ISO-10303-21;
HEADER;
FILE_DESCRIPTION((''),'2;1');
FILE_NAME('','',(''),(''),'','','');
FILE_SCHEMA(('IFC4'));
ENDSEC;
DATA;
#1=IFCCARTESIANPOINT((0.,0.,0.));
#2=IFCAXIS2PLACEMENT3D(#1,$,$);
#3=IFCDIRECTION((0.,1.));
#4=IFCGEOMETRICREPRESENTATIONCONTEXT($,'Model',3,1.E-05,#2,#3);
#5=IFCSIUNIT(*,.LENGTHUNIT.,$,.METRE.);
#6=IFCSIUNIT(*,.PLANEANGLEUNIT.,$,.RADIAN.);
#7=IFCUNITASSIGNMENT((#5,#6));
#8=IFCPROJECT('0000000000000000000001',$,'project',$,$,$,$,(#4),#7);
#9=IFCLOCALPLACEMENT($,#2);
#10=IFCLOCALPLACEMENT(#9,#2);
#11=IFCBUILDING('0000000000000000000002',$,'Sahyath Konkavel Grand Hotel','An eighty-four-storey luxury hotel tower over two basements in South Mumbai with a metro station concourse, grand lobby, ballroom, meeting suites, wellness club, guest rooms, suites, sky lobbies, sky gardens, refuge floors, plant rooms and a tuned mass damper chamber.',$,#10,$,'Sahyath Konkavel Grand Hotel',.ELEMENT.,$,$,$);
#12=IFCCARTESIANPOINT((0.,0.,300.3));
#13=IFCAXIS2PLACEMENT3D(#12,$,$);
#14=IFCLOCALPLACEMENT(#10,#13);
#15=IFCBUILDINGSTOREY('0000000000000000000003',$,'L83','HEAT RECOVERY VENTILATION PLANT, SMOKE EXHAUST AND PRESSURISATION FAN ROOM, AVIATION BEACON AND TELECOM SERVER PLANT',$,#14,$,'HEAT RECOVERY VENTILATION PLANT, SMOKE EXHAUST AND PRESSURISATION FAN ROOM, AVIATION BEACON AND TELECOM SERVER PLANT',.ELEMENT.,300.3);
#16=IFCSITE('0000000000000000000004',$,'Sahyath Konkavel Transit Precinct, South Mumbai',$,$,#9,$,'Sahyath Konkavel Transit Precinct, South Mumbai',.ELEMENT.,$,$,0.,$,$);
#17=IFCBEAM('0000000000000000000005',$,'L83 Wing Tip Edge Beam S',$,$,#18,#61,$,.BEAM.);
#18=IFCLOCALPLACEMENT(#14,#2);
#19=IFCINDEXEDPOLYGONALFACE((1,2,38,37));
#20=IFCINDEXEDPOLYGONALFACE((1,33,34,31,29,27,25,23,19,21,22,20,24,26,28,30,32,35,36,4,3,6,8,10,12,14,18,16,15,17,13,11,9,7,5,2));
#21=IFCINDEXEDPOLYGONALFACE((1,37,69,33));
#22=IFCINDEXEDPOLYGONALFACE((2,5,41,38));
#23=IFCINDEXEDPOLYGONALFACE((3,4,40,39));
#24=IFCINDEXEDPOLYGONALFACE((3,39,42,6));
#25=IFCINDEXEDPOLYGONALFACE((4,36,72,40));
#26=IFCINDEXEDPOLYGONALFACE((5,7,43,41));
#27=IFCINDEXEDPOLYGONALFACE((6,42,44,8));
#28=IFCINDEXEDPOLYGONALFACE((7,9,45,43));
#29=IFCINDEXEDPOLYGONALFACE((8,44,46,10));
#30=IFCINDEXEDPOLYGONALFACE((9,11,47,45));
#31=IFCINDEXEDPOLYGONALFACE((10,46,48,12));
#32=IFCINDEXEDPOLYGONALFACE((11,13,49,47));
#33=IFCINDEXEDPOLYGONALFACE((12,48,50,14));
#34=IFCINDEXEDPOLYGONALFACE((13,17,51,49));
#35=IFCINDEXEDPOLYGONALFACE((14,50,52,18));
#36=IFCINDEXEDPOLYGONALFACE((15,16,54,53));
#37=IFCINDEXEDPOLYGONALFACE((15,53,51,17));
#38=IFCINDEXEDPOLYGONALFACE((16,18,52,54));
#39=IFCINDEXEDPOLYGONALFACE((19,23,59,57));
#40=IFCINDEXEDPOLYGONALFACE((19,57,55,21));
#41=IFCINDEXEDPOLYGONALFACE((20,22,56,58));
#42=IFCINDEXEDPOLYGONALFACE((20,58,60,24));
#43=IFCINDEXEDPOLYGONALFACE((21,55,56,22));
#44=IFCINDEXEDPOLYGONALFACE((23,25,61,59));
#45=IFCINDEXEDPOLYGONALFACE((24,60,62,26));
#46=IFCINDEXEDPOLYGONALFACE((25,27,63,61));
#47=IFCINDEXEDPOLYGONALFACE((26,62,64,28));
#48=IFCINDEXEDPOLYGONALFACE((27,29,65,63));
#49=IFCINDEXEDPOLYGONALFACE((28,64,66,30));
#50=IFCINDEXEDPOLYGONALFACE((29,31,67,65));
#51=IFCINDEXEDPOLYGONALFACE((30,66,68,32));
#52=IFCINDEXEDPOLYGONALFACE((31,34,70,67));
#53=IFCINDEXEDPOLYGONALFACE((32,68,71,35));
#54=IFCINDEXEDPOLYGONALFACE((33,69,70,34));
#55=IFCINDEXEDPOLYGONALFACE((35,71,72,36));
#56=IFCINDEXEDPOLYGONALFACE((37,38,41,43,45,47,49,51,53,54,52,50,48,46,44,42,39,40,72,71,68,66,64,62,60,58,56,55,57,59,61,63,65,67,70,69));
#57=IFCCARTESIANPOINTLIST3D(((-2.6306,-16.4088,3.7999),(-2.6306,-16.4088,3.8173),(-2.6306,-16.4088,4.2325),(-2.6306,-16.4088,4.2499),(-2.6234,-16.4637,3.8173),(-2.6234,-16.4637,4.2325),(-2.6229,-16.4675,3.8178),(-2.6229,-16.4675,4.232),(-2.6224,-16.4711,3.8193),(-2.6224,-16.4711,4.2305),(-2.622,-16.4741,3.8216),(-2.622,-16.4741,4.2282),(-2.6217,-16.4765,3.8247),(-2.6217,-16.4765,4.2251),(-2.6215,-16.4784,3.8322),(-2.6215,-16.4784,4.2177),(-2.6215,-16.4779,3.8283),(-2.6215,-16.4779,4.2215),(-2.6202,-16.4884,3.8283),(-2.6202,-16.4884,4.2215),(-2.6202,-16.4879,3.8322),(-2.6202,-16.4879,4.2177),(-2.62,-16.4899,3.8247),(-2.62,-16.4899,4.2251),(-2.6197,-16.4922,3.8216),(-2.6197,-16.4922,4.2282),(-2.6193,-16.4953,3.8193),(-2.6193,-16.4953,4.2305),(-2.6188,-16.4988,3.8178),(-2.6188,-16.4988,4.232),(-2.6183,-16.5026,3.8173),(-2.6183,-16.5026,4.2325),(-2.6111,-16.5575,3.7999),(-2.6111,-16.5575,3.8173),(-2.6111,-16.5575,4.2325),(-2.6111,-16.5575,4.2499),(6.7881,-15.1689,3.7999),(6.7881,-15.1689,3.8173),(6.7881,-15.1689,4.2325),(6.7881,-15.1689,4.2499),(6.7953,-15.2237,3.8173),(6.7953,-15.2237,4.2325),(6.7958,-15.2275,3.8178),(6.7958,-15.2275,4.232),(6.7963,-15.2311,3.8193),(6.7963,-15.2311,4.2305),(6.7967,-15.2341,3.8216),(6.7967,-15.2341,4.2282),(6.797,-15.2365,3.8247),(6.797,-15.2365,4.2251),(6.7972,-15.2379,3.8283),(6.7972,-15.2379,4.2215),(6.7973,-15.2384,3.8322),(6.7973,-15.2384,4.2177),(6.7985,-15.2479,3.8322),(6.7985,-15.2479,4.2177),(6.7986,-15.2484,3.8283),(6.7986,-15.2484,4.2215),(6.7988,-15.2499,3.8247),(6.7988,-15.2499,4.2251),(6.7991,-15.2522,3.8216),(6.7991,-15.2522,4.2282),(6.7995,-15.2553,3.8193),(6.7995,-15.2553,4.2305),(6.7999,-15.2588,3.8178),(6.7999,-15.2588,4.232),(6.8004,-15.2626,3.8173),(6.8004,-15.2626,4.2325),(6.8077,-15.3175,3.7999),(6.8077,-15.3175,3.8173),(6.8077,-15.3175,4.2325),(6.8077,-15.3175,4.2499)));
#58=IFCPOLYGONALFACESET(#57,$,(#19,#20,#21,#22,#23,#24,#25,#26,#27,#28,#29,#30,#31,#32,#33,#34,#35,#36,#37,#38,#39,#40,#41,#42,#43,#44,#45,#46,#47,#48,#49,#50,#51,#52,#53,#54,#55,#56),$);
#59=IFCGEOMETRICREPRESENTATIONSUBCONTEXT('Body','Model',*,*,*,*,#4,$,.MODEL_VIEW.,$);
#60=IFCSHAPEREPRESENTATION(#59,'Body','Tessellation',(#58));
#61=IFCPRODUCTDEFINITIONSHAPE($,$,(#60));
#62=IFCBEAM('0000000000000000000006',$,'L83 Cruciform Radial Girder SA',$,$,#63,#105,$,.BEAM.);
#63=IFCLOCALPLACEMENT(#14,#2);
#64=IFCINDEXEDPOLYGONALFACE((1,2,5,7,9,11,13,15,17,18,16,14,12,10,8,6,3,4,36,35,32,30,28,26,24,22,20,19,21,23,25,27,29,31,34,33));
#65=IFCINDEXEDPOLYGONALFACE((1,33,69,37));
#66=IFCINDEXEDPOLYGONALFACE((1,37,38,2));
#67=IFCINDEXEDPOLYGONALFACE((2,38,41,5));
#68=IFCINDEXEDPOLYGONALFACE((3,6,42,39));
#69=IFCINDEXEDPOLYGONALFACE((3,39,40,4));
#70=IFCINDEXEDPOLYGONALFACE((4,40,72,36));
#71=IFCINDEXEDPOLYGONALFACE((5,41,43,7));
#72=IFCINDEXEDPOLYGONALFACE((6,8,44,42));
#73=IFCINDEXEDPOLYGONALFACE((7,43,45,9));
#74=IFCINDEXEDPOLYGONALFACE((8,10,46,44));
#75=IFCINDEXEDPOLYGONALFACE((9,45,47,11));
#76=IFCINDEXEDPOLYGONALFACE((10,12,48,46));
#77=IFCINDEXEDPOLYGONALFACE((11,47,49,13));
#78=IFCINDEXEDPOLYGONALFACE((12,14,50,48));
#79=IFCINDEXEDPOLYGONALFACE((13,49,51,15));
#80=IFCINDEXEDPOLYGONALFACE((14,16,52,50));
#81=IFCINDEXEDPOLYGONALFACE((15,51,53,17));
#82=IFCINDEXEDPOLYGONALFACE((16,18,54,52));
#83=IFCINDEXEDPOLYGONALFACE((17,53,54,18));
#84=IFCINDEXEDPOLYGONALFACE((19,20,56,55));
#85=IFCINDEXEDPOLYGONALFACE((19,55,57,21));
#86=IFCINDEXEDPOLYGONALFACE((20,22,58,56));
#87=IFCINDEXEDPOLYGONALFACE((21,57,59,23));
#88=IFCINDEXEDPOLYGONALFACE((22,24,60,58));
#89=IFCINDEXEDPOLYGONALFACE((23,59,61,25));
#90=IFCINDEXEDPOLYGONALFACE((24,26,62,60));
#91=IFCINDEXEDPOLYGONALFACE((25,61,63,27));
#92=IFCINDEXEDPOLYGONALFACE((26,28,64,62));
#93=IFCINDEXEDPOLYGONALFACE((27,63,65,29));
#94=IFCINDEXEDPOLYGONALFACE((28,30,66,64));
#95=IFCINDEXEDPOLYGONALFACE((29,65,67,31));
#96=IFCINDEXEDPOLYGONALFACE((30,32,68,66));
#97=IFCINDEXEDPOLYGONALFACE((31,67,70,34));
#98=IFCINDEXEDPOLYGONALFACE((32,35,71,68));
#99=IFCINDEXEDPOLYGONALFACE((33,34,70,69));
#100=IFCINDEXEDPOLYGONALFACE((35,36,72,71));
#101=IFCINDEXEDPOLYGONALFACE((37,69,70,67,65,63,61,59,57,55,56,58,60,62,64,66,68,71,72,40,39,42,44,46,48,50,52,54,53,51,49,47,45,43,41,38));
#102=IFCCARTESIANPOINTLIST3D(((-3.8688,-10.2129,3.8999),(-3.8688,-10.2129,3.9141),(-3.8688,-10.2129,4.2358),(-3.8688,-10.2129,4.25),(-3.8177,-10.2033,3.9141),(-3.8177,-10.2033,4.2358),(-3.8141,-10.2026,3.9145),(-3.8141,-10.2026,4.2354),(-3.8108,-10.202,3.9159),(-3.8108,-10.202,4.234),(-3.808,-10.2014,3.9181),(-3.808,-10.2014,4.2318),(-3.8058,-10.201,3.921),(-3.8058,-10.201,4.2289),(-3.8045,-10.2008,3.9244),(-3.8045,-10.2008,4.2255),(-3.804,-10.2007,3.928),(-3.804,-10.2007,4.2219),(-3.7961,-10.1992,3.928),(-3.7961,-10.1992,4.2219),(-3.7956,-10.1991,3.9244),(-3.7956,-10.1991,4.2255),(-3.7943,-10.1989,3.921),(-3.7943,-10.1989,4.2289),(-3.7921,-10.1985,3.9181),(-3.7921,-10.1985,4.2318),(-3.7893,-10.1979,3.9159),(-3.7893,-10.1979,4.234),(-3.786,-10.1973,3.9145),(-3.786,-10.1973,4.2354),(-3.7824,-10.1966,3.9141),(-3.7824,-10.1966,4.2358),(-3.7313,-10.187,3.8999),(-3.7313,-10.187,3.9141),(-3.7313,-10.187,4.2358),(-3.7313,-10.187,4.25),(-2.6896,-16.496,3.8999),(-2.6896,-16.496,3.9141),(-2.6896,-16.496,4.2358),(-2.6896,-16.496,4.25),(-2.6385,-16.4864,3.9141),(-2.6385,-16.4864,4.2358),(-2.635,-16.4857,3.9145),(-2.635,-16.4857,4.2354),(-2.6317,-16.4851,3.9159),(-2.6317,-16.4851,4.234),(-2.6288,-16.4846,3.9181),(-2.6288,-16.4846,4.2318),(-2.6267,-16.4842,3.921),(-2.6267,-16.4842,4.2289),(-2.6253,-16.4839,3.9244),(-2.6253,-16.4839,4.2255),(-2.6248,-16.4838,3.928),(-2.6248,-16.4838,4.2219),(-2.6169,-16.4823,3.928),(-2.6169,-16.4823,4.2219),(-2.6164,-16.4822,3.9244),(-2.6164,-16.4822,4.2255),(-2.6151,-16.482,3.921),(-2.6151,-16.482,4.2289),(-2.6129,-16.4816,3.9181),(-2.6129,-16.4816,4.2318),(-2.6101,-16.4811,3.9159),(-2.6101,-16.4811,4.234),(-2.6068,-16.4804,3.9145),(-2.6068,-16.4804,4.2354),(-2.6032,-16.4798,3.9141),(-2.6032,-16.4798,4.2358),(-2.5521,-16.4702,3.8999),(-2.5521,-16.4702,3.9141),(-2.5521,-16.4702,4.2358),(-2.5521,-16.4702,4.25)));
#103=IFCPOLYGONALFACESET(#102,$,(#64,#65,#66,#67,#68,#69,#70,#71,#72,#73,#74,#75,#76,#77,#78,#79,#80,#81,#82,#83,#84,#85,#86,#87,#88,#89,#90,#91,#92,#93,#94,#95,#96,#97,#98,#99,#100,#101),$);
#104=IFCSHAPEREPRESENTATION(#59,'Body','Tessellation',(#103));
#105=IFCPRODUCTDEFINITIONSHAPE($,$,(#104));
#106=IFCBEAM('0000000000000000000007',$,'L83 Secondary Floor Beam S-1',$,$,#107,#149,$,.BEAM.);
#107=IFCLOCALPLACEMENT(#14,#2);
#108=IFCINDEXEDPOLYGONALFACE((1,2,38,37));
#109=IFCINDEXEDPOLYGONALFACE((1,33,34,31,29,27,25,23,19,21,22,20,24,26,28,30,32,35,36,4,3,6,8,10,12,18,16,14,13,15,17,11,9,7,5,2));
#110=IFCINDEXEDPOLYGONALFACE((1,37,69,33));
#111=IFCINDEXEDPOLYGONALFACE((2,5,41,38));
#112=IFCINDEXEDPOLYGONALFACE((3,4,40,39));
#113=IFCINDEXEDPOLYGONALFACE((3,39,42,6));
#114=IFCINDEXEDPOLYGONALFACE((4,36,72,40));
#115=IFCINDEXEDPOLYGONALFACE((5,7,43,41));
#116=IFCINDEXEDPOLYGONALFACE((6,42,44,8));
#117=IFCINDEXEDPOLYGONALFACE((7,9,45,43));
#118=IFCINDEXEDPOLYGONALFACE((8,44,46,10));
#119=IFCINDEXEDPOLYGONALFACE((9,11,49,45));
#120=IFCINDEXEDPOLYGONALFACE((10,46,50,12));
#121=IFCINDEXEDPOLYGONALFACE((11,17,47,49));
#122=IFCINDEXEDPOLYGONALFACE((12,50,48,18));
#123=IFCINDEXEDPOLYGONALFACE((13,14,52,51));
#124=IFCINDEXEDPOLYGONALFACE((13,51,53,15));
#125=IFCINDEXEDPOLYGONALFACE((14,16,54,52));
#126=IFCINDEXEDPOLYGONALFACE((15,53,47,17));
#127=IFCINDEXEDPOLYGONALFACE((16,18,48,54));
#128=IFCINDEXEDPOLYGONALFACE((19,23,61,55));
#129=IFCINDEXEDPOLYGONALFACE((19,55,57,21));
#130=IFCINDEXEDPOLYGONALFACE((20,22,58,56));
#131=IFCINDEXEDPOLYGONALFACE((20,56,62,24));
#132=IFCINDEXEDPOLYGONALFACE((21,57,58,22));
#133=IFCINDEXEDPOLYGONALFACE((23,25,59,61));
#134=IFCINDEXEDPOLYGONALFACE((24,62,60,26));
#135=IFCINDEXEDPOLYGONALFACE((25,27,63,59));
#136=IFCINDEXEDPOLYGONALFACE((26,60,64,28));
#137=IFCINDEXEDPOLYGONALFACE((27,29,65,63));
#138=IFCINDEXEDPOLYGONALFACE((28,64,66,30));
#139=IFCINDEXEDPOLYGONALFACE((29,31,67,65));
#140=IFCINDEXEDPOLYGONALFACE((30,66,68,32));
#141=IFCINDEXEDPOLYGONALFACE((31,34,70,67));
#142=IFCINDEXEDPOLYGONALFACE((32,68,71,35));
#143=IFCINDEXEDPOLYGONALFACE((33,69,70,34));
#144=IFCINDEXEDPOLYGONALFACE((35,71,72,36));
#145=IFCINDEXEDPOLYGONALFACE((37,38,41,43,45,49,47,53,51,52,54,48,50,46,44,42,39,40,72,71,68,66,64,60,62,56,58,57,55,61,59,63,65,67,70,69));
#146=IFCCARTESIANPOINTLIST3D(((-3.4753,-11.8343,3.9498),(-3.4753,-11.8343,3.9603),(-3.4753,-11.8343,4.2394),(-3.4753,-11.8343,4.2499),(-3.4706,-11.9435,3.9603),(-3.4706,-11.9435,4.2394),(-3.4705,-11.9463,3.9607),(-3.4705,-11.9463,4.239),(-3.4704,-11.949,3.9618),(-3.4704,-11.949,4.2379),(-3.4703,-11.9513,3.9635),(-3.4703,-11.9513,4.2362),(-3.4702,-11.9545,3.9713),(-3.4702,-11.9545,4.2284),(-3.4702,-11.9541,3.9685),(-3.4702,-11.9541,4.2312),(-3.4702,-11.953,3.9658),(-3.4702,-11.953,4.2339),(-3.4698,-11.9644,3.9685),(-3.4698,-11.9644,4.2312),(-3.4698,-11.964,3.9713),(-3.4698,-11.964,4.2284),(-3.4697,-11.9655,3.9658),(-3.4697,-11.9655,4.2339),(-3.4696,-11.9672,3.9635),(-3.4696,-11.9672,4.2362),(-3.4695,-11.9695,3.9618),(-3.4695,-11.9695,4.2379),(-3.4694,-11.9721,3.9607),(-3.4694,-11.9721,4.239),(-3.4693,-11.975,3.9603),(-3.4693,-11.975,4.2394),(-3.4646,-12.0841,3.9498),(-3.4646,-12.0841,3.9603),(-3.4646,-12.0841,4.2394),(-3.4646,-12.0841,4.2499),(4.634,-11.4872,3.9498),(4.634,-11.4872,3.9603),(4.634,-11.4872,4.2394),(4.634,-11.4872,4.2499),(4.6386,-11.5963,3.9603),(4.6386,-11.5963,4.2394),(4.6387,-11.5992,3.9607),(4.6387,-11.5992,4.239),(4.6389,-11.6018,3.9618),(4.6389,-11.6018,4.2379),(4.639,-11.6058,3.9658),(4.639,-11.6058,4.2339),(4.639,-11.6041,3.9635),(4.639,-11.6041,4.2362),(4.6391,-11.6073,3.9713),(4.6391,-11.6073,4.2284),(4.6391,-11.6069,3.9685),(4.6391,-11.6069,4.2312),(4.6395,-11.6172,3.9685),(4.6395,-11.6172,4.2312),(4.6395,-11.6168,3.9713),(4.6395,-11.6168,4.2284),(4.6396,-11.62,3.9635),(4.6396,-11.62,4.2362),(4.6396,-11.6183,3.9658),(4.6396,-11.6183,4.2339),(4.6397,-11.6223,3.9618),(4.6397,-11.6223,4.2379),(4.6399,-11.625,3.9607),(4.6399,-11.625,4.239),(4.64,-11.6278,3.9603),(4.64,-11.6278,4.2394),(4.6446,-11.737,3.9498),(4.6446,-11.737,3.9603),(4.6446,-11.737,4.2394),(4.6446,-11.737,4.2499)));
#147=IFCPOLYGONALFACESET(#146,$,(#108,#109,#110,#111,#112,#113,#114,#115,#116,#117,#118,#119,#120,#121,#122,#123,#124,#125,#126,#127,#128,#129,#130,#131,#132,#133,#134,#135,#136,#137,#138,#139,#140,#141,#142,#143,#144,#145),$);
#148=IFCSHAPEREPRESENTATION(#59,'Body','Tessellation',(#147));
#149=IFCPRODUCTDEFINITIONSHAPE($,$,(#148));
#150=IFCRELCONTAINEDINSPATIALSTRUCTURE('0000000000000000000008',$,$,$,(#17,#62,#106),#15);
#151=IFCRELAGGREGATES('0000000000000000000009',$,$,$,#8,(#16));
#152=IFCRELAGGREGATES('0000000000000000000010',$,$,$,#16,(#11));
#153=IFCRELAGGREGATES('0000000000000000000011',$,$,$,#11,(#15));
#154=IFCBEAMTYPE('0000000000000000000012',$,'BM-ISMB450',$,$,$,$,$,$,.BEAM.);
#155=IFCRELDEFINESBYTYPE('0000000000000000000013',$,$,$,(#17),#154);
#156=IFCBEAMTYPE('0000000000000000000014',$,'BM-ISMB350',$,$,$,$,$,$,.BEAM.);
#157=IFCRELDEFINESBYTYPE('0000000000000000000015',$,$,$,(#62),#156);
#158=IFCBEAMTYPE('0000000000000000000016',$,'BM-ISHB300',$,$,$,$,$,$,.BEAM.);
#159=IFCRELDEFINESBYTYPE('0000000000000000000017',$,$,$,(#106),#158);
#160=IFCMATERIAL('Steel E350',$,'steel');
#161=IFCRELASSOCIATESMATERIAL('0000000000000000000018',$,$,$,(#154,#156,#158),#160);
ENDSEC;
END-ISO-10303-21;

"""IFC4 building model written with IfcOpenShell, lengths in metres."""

from ifc_helpers import new_model, si_unit, direction, frame, origin, origin_2d, place, context, subcontext, project, spatial, i_section, extrude, source, transform, mapped, material, material_profile, profile_set, type_object, element, save


model = new_model("IFC4")

# Units and contexts
model_context = context("Model", 3, precision=1e-05, world=origin(), true_north=direction((0.0, 1.0)))
body_context = subcontext(model_context, "Body", "Model", "MODEL_VIEW")
ifc_project = project(units=[si_unit("LENGTHUNIT", "METRE"), si_unit("PLANEANGLEUNIT", "RADIAN")], contexts=[model_context])

# Site, building, storey
site_placement = place(None, origin())
site = spatial("IfcSite", under=ifc_project, at=site_placement, Name="Sahyath Konkavel Transit Precinct, South Mumbai", LongName="Sahyath Konkavel Transit Precinct, South Mumbai", CompositionType="ELEMENT", RefElevation=0.0)
building_placement = place(site_placement, origin())
building = spatial("IfcBuilding", under=site, at=building_placement, Name="Sahyath Konkavel Grand Hotel", Description="An eighty-four-storey luxury hotel tower over two basements in South Mumbai with a metro station concourse, grand lobby, ballroom, meeting suites, wellness club, guest rooms, suites, sky lobbies, sky gardens, refuge floors, plant rooms and a tuned mass damper chamber.", LongName="Sahyath Konkavel Grand Hotel", CompositionType="ELEMENT")
storey_placement = place(building_placement, frame((0.0, 0.0, 300.3)))
storey = spatial("IfcBuildingStorey", under=building, at=storey_placement, Name="L83", Description="HEAT RECOVERY VENTILATION PLANT, SMOKE EXHAUST AND PRESSURISATION FAN ROOM, AVIATION BEACON AND TELECOM SERVER PLANT", LongName="HEAT RECOVERY VENTILATION PLANT, SMOKE EXHAUST AND PRESSURISATION FAN ROOM, AVIATION BEACON AND TELECOM SERVER PLANT", CompositionType="ELEMENT", Elevation=300.3)

# Shared definitions
ifc_material_1 = material(Name="Steel E350", Category="steel")

# Beams
ifc_material_profile_1 = material_profile(ifc_material_1, i_section(OverallWidth=0.1499, OverallDepth=0.45, WebThickness=0.0095, FlangeThickness=0.0173, FilletRadius=0.0149, at=origin_2d()), Name="ISMB 450")
ifc_profile_set_1 = profile_set([ifc_material_profile_1], Name="Steel E350")
beam_type_1 = type_object("IfcBeamType", Name="BM-ISMB450", PredefinedType="BEAM", material=ifc_profile_set_1)
shared_shape_1 = source(origin(), body_context, "Body", "SweptSolid", [
    extrude(i_section(OverallWidth=0.1499, OverallDepth=0.45, WebThickness=0.0095, FlangeThickness=0.0173, FilletRadius=0.0149, at=origin_2d()), origin(), (0.0, 0.0, 1.0), 9.5),
])
beam_1_placement = place(storey_placement, frame((-2.6208, -16.4832, 4.0249), z_axis=(0.991445, 0.130526, 0.0), x_axis=(-0.130526, 0.991445, 0.0)))
element("IfcBeam", 1, at=beam_1_placement, inside=storey, type_object=beam_type_1, Name="L83 Wing Tip Edge Beam S", PredefinedType="BEAM", context=body_context, shape_type="MappedRepresentation", body=[
    mapped(shared_shape_1, transform((0.0, 0.0, 0.0), scale=1.0)),
])
ifc_material_profile_2 = material_profile(ifc_material_1, i_section(OverallWidth=0.1399, OverallDepth=0.3501, WebThickness=0.0081, FlangeThickness=0.0142, FilletRadius=0.0139, at=origin_2d()), Name="ISMB 350")
ifc_profile_set_2 = profile_set([ifc_material_profile_2], Name="Steel E350")
beam_type_2 = type_object("IfcBeamType", Name="BM-ISMB350", PredefinedType="BEAM", material=ifc_profile_set_2)
shared_shape_2 = source(origin(), body_context, "Body", "SweptSolid", [
    extrude(i_section(OverallWidth=0.1399, OverallDepth=0.3501, WebThickness=0.0081, FlangeThickness=0.0142, FilletRadius=0.0139, at=origin_2d()), origin(), (0.0, 0.0, 1.0), 6.3928),
])
beam_2_placement = place(storey_placement, frame((-3.8, -10.2, 4.075), z_axis=(0.184455, -0.982841, 0.0), x_axis=(0.982841, 0.184455, 0.0)))
element("IfcBeam", 2, at=beam_2_placement, inside=storey, type_object=beam_type_2, Name="L83 Cruciform Radial Girder SA", PredefinedType="BEAM", context=body_context, shape_type="MappedRepresentation", body=[
    mapped(shared_shape_2, transform((0.0, 0.0, 0.0), scale=1.0)),
])
ifc_material_profile_3 = material_profile(ifc_material_1, i_section(OverallWidth=0.25, OverallDepth=0.3, WebThickness=0.0095, FlangeThickness=0.0105, FilletRadius=0.011, at=origin_2d()), Name="ISHB 300")
ifc_profile_set_3 = profile_set([ifc_material_profile_3], Name="Steel E350")
beam_type_3 = type_object("IfcBeamType", Name="BM-ISHB300", PredefinedType="BEAM", material=ifc_profile_set_3)
shared_shape_3 = source(origin(), body_context, "Body", "SweptSolid", [
    extrude(i_section(OverallWidth=0.25, OverallDepth=0.3, WebThickness=0.0095, FlangeThickness=0.0105, FilletRadius=0.011, at=origin_2d()), origin(), (0.0, 0.0, 1.0), 8.1167),
])
beam_3_placement = place(storey_placement, frame((-3.47, -11.9592, 4.0999), z_axis=(0.999085, 0.042772, 0.0), x_axis=(-0.042772, 0.999085, 0.0)))
element("IfcBeam", 3, at=beam_3_placement, inside=storey, type_object=beam_type_3, Name="L83 Secondary Floor Beam S-1", PredefinedType="BEAM", context=body_context, shape_type="MappedRepresentation", body=[
    mapped(shared_shape_3, transform((0.0, 0.0, 0.0), scale=1.0)),
])

save(model, "model.ifc")
